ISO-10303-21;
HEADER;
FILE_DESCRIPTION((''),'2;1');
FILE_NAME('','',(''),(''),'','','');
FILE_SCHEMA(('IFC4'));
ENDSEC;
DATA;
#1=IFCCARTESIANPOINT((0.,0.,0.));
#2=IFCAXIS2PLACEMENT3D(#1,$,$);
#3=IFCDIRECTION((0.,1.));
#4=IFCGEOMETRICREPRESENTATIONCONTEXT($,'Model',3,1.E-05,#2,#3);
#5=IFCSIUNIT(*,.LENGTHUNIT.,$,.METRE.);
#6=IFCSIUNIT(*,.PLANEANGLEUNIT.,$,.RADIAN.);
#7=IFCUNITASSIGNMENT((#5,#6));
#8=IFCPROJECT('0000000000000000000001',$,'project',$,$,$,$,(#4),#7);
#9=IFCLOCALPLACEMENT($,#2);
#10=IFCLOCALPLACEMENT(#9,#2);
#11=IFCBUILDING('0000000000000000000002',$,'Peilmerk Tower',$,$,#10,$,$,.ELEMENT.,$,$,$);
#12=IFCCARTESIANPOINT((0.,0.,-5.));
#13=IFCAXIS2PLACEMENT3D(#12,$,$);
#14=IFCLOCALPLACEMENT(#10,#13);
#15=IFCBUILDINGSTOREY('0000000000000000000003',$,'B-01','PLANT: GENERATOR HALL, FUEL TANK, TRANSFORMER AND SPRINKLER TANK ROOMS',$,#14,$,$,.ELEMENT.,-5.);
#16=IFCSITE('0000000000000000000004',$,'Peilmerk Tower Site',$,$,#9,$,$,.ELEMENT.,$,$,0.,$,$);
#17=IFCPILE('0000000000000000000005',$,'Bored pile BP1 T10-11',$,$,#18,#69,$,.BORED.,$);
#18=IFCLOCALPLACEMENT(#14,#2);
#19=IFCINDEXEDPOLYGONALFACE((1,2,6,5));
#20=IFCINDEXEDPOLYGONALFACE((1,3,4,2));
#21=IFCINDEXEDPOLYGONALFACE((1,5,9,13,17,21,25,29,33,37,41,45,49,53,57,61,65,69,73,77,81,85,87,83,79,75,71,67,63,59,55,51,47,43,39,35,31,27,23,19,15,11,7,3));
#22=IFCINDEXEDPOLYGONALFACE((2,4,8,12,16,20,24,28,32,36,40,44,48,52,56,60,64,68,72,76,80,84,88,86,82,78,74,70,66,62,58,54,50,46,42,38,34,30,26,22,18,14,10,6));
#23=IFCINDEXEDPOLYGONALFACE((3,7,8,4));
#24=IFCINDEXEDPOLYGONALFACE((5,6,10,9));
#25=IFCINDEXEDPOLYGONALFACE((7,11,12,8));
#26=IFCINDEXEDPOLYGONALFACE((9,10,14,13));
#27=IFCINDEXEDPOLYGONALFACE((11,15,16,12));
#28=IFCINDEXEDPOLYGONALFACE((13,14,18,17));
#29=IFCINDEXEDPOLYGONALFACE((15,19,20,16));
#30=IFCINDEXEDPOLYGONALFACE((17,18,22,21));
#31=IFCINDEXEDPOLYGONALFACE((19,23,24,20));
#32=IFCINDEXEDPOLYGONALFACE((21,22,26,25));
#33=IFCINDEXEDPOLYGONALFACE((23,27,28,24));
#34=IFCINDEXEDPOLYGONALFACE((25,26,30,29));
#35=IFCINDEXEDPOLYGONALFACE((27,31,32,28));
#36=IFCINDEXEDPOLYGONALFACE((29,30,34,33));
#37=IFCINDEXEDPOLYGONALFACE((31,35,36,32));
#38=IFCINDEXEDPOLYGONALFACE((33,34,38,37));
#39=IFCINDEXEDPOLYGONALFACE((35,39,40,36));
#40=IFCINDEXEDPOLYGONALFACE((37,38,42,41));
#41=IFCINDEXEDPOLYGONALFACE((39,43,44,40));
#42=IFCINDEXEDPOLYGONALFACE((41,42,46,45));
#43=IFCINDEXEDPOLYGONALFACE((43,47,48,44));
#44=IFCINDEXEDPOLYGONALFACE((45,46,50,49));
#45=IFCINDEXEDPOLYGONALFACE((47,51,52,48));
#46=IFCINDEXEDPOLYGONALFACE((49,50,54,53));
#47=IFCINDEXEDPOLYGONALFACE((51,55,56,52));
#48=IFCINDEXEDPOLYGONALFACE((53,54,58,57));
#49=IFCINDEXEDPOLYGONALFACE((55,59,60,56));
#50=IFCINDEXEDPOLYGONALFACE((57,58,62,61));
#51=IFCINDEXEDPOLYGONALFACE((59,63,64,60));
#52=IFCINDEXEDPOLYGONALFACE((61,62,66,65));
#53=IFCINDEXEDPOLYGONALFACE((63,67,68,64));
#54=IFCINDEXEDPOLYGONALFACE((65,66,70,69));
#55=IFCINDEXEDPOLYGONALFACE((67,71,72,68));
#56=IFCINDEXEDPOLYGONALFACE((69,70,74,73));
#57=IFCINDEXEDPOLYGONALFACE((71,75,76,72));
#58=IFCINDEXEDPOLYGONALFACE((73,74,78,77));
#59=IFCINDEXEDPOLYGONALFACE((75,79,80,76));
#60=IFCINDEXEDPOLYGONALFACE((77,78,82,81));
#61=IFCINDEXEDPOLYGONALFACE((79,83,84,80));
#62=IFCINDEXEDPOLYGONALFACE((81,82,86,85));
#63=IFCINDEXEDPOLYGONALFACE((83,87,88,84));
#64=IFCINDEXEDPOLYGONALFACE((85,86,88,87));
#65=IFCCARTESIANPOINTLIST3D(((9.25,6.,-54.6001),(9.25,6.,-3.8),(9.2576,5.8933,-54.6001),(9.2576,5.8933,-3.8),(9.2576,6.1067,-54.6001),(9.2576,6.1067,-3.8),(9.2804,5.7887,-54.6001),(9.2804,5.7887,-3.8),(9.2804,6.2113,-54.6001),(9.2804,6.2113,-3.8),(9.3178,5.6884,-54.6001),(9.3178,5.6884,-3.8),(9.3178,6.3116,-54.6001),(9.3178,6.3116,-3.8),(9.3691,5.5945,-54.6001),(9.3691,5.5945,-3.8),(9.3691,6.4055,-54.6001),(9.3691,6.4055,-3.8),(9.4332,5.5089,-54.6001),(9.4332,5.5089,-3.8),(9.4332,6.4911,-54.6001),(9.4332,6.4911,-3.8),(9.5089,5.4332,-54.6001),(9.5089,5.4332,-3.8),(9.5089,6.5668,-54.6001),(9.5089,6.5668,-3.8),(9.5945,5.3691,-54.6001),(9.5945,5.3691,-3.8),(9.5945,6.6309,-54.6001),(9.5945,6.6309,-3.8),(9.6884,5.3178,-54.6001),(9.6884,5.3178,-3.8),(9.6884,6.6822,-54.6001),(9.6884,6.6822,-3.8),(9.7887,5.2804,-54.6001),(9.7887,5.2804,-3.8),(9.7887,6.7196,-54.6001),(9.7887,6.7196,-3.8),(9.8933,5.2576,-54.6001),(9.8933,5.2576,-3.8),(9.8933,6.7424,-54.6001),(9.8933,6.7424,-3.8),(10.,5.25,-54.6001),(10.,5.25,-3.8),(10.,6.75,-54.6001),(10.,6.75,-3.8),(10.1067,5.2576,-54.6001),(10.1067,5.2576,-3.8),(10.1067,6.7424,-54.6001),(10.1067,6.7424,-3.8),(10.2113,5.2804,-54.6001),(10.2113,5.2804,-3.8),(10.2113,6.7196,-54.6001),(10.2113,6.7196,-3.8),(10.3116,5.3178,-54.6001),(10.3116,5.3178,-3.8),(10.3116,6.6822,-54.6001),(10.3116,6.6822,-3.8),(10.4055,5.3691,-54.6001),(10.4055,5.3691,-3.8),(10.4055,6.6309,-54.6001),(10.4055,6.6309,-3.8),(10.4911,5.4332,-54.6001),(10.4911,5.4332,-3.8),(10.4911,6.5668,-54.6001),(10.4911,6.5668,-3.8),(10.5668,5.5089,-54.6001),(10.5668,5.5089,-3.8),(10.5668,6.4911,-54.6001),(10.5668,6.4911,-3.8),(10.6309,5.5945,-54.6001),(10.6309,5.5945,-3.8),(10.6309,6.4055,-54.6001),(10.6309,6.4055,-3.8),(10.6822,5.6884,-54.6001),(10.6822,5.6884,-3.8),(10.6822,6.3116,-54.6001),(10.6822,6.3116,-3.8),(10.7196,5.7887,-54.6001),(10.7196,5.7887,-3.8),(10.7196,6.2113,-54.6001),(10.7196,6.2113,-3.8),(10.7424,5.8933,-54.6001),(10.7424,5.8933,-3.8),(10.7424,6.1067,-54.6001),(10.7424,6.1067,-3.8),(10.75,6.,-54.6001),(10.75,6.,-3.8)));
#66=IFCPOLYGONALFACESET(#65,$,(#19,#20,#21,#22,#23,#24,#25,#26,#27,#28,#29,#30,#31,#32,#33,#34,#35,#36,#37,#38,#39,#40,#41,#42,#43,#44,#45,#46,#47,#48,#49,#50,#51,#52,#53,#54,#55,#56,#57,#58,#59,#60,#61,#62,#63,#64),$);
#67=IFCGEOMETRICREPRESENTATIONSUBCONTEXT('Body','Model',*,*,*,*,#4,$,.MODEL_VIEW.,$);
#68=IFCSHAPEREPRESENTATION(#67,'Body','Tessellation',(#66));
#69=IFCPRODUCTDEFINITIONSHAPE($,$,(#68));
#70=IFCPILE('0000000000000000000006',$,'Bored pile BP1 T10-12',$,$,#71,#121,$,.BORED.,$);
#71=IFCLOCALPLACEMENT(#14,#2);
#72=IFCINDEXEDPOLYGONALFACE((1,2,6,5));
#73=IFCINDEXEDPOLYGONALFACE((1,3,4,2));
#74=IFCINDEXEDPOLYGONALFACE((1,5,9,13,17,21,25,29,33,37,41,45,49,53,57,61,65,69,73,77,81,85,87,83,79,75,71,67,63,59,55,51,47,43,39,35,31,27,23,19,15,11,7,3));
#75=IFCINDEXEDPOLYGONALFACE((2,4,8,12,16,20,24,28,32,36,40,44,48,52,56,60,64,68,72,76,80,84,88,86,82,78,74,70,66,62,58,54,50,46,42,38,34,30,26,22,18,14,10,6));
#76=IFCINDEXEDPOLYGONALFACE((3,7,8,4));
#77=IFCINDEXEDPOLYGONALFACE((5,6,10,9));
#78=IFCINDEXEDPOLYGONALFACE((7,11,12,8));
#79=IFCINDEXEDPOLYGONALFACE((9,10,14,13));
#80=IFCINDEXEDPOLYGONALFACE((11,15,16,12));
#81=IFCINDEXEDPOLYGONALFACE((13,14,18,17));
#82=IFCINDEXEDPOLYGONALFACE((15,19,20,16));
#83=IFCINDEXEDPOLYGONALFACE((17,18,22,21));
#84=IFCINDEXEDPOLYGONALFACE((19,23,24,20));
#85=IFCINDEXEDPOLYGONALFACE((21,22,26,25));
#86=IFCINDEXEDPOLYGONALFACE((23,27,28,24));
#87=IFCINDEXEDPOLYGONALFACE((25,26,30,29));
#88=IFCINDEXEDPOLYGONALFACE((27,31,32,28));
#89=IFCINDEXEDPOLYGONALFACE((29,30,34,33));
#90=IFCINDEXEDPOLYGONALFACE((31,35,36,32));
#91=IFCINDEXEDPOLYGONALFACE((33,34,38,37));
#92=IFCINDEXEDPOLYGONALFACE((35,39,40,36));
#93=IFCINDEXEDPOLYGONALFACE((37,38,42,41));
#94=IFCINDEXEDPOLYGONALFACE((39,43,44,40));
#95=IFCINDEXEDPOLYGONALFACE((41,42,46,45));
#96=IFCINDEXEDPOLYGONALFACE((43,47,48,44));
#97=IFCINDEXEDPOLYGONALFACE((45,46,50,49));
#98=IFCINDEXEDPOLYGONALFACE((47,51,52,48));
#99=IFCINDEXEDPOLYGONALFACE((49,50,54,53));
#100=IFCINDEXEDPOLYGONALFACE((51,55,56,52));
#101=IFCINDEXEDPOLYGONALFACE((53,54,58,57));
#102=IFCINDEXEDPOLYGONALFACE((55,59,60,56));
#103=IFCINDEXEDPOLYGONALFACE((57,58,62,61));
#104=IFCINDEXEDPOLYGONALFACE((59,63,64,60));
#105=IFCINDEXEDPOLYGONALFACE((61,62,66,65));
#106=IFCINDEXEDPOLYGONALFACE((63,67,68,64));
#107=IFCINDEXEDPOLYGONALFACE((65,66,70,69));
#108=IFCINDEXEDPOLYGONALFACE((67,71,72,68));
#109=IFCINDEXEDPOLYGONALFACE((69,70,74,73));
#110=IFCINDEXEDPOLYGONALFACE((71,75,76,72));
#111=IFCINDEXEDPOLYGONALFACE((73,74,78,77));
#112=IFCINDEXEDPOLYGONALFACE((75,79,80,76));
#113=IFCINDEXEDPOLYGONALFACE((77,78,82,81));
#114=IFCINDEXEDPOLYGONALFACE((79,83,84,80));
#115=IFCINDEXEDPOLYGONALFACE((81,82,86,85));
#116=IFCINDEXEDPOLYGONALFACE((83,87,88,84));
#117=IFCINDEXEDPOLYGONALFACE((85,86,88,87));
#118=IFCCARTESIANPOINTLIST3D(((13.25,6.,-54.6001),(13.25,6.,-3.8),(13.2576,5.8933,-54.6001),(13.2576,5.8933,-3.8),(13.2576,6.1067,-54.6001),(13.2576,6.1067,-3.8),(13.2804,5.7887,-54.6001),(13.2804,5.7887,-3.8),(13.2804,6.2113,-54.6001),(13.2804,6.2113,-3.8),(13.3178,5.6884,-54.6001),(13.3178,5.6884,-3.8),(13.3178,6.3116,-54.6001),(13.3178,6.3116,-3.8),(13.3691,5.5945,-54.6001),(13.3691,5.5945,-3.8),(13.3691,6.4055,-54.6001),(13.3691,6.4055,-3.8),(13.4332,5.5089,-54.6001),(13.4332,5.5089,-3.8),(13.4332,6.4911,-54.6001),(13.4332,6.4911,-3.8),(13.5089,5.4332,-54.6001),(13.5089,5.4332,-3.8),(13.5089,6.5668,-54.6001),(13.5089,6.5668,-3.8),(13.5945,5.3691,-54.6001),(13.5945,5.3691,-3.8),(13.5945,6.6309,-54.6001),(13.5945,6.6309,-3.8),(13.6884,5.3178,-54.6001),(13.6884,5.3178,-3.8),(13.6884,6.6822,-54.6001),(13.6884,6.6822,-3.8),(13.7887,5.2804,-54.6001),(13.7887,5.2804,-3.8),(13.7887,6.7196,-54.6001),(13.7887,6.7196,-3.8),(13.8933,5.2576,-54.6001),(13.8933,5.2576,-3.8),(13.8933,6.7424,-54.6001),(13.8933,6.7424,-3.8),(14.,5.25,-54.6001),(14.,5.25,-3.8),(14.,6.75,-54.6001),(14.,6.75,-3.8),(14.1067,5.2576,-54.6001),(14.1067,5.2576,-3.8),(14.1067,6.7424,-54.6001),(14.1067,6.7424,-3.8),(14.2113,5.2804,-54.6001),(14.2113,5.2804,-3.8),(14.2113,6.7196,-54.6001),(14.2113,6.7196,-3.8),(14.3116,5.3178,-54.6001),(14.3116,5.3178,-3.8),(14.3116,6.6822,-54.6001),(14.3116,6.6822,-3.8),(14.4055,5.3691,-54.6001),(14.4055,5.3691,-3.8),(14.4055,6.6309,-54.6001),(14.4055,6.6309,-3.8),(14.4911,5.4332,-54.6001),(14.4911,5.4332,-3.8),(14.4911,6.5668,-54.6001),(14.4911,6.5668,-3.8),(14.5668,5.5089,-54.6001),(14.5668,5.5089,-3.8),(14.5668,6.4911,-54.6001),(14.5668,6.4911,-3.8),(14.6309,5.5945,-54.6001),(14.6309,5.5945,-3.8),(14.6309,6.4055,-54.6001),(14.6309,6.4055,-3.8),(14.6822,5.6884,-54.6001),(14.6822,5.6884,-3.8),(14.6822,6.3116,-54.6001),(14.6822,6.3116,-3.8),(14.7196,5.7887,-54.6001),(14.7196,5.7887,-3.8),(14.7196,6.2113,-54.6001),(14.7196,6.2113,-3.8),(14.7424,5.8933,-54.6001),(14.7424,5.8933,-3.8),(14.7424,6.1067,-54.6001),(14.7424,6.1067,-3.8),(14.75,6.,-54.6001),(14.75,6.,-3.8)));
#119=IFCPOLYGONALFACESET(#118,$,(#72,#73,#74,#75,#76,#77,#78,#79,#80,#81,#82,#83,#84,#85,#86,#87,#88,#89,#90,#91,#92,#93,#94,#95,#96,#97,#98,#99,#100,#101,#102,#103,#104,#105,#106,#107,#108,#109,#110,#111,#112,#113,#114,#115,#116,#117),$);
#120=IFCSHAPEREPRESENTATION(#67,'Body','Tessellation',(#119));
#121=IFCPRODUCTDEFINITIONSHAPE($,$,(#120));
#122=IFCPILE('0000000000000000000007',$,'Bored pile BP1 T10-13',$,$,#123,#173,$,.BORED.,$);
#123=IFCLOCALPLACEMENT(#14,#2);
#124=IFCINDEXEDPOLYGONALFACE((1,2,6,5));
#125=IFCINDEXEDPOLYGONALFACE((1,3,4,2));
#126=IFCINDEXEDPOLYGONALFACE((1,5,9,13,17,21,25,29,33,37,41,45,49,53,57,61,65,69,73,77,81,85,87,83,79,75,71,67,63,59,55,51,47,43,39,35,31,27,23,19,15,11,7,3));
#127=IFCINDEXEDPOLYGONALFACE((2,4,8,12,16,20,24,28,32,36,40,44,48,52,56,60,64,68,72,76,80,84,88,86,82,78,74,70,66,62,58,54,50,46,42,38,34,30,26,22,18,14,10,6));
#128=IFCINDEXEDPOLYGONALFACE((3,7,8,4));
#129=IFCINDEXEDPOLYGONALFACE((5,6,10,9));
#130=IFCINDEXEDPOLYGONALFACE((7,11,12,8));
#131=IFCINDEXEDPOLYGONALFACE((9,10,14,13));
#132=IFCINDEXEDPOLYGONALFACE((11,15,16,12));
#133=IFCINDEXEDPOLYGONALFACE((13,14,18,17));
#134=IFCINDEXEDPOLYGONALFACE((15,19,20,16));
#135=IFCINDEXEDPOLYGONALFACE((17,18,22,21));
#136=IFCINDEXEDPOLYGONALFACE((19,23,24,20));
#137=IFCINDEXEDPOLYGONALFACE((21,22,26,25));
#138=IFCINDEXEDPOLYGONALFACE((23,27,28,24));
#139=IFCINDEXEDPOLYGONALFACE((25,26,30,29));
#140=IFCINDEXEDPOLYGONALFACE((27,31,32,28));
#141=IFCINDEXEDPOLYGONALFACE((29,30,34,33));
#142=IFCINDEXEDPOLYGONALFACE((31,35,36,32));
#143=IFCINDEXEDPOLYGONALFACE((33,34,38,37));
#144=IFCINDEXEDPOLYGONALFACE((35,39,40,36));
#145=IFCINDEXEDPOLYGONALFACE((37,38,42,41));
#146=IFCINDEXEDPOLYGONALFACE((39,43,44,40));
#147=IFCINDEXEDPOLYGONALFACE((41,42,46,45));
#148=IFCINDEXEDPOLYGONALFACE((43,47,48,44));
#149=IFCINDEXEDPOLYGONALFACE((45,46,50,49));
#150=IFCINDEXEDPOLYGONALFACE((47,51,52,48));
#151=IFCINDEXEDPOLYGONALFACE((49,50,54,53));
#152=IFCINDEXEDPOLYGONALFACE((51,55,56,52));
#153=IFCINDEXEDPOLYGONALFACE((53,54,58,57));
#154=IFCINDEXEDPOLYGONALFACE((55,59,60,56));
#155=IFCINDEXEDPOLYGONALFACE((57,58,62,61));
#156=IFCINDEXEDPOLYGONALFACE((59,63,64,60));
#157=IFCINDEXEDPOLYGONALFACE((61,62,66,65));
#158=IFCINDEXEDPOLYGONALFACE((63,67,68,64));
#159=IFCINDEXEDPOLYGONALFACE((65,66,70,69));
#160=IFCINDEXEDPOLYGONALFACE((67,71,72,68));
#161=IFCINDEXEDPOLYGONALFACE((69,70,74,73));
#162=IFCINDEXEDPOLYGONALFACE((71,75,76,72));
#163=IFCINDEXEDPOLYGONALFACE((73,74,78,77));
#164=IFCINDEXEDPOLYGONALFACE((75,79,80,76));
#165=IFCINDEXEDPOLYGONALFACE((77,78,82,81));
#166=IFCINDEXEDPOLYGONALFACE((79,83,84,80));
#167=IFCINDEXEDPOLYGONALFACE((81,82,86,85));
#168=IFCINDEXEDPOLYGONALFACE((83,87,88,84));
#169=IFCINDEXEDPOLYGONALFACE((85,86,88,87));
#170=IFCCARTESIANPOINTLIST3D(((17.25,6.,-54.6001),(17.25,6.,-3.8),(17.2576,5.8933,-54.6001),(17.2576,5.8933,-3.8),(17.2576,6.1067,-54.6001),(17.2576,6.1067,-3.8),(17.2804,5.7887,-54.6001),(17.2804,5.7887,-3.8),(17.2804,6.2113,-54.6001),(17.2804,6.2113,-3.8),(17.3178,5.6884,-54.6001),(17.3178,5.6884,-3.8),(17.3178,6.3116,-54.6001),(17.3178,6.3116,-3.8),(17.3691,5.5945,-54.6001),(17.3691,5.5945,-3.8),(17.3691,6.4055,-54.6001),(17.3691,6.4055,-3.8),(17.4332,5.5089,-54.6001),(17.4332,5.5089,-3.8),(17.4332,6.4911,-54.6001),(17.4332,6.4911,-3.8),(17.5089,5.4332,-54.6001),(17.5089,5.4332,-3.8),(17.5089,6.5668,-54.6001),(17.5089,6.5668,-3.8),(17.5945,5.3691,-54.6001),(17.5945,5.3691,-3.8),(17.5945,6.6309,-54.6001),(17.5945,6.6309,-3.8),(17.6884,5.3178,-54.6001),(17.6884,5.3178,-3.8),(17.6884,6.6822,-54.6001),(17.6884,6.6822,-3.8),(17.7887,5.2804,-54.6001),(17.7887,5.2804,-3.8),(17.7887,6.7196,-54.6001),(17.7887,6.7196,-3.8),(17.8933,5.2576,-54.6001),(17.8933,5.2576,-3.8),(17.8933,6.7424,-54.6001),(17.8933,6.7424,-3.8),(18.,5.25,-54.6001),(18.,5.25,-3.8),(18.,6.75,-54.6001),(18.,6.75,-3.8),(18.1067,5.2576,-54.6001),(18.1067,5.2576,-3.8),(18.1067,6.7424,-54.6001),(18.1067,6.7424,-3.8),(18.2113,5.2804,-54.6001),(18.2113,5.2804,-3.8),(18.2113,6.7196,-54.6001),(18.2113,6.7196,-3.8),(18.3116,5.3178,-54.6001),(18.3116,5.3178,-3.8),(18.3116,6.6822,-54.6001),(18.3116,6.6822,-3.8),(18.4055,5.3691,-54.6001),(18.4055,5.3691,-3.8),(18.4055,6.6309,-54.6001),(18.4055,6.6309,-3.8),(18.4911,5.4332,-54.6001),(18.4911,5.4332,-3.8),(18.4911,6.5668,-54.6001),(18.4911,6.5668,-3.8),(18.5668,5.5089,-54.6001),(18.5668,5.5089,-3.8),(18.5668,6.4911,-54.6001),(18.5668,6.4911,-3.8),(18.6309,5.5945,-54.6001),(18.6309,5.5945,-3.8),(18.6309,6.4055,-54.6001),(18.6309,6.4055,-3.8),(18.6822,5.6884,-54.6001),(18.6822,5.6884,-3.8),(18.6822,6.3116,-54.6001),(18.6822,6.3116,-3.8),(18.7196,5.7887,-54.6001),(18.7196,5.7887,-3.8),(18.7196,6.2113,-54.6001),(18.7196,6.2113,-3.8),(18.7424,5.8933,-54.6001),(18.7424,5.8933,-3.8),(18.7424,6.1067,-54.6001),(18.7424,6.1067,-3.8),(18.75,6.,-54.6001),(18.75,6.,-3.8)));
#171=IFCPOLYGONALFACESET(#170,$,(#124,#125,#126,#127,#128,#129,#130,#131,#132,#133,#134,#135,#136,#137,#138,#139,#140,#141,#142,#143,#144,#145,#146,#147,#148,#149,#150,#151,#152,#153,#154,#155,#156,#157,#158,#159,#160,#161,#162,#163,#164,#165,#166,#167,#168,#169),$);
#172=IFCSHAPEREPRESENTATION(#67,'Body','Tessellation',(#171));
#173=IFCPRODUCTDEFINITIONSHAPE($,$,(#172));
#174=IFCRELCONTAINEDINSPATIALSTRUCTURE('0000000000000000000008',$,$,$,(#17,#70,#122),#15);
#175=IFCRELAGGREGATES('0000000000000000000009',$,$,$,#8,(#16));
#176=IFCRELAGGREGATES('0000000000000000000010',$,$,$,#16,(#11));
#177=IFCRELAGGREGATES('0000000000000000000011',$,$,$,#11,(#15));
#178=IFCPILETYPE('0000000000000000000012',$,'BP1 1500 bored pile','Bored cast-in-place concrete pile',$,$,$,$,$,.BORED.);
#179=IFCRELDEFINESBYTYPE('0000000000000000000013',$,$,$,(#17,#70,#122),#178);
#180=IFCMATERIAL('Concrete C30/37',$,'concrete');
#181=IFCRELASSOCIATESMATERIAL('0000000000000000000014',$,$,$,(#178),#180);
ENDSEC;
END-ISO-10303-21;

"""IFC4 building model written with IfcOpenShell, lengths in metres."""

from ifc_helpers import new_model, si_unit, direction, frame, origin, origin_2d, place, context, subcontext, project, spatial, circle, extrude, material, material_profile, profile_set, type_object, element, save


model = new_model("IFC4")

# Units and contexts
model_context = context("Model", 3, precision=1e-05, world=origin(), true_north=direction((0.0, 1.0)))
body_context = subcontext(model_context, "Body", "Model", "MODEL_VIEW")
ifc_project = project(units=[si_unit("LENGTHUNIT", "METRE"), si_unit("PLANEANGLEUNIT", "RADIAN")], contexts=[model_context])

# Site, building, storey
site_placement = place(None, origin())
site = spatial("IfcSite", under=ifc_project, at=site_placement, Name="Peilmerk Tower Site", CompositionType="ELEMENT", RefElevation=0.0)
building_placement = place(site_placement, origin())
building = spatial("IfcBuilding", under=site, at=building_placement, Name="Peilmerk Tower", CompositionType="ELEMENT")
storey_placement = place(building_placement, frame((0.0, 0.0, -5.0)))
storey = spatial("IfcBuildingStorey", under=building, at=storey_placement, Name="B-01", Description="PLANT: GENERATOR HALL, FUEL TANK, TRANSFORMER AND SPRINKLER TANK ROOMS", CompositionType="ELEMENT", Elevation=-5.0)

# Piles
ifc_material_1 = material(Name="Concrete C30/37", Category="concrete")
ifc_material_profile_1 = material_profile(ifc_material_1, circle(Radius=0.75, at=origin_2d()), Name="BP 1500")
ifc_profile_set_1 = profile_set([ifc_material_profile_1], Name="Concrete C30/37")
pile_type = type_object("IfcPileType", Name="BP1 1500 bored pile", Description="Bored cast-in-place concrete pile", PredefinedType="BORED", material=ifc_profile_set_1)
for number, where, z_axis, x_axis, name in (
    (1, (10.0, 6.0, -3.8), (0.0, 0.0, -1.0), (1.0, 0.0, 0.0), "Bored pile BP1 T10-11"),
    (2, (14.0, 6.0, -3.8), (0.0, 0.0, -1.0), (1.0, 0.0, 0.0), "Bored pile BP1 T10-12"),
    (3, (18.0, 6.0, -3.8), (0.0, 0.0, -1.0), (1.0, 0.0, 0.0), "Bored pile BP1 T10-13"),
):
    element("IfcPile", number, at=place(storey_placement, frame(where, z_axis=z_axis, x_axis=x_axis)), inside=storey, type_object=pile_type, Name=name, PredefinedType="BORED", context=body_context, shape_type="SweptSolid", body=[
        extrude(circle(Radius=0.75, at=origin_2d()), origin(), (0.0, 0.0, 1.0), 50.8),
    ])

save(model, "model.ifc")
